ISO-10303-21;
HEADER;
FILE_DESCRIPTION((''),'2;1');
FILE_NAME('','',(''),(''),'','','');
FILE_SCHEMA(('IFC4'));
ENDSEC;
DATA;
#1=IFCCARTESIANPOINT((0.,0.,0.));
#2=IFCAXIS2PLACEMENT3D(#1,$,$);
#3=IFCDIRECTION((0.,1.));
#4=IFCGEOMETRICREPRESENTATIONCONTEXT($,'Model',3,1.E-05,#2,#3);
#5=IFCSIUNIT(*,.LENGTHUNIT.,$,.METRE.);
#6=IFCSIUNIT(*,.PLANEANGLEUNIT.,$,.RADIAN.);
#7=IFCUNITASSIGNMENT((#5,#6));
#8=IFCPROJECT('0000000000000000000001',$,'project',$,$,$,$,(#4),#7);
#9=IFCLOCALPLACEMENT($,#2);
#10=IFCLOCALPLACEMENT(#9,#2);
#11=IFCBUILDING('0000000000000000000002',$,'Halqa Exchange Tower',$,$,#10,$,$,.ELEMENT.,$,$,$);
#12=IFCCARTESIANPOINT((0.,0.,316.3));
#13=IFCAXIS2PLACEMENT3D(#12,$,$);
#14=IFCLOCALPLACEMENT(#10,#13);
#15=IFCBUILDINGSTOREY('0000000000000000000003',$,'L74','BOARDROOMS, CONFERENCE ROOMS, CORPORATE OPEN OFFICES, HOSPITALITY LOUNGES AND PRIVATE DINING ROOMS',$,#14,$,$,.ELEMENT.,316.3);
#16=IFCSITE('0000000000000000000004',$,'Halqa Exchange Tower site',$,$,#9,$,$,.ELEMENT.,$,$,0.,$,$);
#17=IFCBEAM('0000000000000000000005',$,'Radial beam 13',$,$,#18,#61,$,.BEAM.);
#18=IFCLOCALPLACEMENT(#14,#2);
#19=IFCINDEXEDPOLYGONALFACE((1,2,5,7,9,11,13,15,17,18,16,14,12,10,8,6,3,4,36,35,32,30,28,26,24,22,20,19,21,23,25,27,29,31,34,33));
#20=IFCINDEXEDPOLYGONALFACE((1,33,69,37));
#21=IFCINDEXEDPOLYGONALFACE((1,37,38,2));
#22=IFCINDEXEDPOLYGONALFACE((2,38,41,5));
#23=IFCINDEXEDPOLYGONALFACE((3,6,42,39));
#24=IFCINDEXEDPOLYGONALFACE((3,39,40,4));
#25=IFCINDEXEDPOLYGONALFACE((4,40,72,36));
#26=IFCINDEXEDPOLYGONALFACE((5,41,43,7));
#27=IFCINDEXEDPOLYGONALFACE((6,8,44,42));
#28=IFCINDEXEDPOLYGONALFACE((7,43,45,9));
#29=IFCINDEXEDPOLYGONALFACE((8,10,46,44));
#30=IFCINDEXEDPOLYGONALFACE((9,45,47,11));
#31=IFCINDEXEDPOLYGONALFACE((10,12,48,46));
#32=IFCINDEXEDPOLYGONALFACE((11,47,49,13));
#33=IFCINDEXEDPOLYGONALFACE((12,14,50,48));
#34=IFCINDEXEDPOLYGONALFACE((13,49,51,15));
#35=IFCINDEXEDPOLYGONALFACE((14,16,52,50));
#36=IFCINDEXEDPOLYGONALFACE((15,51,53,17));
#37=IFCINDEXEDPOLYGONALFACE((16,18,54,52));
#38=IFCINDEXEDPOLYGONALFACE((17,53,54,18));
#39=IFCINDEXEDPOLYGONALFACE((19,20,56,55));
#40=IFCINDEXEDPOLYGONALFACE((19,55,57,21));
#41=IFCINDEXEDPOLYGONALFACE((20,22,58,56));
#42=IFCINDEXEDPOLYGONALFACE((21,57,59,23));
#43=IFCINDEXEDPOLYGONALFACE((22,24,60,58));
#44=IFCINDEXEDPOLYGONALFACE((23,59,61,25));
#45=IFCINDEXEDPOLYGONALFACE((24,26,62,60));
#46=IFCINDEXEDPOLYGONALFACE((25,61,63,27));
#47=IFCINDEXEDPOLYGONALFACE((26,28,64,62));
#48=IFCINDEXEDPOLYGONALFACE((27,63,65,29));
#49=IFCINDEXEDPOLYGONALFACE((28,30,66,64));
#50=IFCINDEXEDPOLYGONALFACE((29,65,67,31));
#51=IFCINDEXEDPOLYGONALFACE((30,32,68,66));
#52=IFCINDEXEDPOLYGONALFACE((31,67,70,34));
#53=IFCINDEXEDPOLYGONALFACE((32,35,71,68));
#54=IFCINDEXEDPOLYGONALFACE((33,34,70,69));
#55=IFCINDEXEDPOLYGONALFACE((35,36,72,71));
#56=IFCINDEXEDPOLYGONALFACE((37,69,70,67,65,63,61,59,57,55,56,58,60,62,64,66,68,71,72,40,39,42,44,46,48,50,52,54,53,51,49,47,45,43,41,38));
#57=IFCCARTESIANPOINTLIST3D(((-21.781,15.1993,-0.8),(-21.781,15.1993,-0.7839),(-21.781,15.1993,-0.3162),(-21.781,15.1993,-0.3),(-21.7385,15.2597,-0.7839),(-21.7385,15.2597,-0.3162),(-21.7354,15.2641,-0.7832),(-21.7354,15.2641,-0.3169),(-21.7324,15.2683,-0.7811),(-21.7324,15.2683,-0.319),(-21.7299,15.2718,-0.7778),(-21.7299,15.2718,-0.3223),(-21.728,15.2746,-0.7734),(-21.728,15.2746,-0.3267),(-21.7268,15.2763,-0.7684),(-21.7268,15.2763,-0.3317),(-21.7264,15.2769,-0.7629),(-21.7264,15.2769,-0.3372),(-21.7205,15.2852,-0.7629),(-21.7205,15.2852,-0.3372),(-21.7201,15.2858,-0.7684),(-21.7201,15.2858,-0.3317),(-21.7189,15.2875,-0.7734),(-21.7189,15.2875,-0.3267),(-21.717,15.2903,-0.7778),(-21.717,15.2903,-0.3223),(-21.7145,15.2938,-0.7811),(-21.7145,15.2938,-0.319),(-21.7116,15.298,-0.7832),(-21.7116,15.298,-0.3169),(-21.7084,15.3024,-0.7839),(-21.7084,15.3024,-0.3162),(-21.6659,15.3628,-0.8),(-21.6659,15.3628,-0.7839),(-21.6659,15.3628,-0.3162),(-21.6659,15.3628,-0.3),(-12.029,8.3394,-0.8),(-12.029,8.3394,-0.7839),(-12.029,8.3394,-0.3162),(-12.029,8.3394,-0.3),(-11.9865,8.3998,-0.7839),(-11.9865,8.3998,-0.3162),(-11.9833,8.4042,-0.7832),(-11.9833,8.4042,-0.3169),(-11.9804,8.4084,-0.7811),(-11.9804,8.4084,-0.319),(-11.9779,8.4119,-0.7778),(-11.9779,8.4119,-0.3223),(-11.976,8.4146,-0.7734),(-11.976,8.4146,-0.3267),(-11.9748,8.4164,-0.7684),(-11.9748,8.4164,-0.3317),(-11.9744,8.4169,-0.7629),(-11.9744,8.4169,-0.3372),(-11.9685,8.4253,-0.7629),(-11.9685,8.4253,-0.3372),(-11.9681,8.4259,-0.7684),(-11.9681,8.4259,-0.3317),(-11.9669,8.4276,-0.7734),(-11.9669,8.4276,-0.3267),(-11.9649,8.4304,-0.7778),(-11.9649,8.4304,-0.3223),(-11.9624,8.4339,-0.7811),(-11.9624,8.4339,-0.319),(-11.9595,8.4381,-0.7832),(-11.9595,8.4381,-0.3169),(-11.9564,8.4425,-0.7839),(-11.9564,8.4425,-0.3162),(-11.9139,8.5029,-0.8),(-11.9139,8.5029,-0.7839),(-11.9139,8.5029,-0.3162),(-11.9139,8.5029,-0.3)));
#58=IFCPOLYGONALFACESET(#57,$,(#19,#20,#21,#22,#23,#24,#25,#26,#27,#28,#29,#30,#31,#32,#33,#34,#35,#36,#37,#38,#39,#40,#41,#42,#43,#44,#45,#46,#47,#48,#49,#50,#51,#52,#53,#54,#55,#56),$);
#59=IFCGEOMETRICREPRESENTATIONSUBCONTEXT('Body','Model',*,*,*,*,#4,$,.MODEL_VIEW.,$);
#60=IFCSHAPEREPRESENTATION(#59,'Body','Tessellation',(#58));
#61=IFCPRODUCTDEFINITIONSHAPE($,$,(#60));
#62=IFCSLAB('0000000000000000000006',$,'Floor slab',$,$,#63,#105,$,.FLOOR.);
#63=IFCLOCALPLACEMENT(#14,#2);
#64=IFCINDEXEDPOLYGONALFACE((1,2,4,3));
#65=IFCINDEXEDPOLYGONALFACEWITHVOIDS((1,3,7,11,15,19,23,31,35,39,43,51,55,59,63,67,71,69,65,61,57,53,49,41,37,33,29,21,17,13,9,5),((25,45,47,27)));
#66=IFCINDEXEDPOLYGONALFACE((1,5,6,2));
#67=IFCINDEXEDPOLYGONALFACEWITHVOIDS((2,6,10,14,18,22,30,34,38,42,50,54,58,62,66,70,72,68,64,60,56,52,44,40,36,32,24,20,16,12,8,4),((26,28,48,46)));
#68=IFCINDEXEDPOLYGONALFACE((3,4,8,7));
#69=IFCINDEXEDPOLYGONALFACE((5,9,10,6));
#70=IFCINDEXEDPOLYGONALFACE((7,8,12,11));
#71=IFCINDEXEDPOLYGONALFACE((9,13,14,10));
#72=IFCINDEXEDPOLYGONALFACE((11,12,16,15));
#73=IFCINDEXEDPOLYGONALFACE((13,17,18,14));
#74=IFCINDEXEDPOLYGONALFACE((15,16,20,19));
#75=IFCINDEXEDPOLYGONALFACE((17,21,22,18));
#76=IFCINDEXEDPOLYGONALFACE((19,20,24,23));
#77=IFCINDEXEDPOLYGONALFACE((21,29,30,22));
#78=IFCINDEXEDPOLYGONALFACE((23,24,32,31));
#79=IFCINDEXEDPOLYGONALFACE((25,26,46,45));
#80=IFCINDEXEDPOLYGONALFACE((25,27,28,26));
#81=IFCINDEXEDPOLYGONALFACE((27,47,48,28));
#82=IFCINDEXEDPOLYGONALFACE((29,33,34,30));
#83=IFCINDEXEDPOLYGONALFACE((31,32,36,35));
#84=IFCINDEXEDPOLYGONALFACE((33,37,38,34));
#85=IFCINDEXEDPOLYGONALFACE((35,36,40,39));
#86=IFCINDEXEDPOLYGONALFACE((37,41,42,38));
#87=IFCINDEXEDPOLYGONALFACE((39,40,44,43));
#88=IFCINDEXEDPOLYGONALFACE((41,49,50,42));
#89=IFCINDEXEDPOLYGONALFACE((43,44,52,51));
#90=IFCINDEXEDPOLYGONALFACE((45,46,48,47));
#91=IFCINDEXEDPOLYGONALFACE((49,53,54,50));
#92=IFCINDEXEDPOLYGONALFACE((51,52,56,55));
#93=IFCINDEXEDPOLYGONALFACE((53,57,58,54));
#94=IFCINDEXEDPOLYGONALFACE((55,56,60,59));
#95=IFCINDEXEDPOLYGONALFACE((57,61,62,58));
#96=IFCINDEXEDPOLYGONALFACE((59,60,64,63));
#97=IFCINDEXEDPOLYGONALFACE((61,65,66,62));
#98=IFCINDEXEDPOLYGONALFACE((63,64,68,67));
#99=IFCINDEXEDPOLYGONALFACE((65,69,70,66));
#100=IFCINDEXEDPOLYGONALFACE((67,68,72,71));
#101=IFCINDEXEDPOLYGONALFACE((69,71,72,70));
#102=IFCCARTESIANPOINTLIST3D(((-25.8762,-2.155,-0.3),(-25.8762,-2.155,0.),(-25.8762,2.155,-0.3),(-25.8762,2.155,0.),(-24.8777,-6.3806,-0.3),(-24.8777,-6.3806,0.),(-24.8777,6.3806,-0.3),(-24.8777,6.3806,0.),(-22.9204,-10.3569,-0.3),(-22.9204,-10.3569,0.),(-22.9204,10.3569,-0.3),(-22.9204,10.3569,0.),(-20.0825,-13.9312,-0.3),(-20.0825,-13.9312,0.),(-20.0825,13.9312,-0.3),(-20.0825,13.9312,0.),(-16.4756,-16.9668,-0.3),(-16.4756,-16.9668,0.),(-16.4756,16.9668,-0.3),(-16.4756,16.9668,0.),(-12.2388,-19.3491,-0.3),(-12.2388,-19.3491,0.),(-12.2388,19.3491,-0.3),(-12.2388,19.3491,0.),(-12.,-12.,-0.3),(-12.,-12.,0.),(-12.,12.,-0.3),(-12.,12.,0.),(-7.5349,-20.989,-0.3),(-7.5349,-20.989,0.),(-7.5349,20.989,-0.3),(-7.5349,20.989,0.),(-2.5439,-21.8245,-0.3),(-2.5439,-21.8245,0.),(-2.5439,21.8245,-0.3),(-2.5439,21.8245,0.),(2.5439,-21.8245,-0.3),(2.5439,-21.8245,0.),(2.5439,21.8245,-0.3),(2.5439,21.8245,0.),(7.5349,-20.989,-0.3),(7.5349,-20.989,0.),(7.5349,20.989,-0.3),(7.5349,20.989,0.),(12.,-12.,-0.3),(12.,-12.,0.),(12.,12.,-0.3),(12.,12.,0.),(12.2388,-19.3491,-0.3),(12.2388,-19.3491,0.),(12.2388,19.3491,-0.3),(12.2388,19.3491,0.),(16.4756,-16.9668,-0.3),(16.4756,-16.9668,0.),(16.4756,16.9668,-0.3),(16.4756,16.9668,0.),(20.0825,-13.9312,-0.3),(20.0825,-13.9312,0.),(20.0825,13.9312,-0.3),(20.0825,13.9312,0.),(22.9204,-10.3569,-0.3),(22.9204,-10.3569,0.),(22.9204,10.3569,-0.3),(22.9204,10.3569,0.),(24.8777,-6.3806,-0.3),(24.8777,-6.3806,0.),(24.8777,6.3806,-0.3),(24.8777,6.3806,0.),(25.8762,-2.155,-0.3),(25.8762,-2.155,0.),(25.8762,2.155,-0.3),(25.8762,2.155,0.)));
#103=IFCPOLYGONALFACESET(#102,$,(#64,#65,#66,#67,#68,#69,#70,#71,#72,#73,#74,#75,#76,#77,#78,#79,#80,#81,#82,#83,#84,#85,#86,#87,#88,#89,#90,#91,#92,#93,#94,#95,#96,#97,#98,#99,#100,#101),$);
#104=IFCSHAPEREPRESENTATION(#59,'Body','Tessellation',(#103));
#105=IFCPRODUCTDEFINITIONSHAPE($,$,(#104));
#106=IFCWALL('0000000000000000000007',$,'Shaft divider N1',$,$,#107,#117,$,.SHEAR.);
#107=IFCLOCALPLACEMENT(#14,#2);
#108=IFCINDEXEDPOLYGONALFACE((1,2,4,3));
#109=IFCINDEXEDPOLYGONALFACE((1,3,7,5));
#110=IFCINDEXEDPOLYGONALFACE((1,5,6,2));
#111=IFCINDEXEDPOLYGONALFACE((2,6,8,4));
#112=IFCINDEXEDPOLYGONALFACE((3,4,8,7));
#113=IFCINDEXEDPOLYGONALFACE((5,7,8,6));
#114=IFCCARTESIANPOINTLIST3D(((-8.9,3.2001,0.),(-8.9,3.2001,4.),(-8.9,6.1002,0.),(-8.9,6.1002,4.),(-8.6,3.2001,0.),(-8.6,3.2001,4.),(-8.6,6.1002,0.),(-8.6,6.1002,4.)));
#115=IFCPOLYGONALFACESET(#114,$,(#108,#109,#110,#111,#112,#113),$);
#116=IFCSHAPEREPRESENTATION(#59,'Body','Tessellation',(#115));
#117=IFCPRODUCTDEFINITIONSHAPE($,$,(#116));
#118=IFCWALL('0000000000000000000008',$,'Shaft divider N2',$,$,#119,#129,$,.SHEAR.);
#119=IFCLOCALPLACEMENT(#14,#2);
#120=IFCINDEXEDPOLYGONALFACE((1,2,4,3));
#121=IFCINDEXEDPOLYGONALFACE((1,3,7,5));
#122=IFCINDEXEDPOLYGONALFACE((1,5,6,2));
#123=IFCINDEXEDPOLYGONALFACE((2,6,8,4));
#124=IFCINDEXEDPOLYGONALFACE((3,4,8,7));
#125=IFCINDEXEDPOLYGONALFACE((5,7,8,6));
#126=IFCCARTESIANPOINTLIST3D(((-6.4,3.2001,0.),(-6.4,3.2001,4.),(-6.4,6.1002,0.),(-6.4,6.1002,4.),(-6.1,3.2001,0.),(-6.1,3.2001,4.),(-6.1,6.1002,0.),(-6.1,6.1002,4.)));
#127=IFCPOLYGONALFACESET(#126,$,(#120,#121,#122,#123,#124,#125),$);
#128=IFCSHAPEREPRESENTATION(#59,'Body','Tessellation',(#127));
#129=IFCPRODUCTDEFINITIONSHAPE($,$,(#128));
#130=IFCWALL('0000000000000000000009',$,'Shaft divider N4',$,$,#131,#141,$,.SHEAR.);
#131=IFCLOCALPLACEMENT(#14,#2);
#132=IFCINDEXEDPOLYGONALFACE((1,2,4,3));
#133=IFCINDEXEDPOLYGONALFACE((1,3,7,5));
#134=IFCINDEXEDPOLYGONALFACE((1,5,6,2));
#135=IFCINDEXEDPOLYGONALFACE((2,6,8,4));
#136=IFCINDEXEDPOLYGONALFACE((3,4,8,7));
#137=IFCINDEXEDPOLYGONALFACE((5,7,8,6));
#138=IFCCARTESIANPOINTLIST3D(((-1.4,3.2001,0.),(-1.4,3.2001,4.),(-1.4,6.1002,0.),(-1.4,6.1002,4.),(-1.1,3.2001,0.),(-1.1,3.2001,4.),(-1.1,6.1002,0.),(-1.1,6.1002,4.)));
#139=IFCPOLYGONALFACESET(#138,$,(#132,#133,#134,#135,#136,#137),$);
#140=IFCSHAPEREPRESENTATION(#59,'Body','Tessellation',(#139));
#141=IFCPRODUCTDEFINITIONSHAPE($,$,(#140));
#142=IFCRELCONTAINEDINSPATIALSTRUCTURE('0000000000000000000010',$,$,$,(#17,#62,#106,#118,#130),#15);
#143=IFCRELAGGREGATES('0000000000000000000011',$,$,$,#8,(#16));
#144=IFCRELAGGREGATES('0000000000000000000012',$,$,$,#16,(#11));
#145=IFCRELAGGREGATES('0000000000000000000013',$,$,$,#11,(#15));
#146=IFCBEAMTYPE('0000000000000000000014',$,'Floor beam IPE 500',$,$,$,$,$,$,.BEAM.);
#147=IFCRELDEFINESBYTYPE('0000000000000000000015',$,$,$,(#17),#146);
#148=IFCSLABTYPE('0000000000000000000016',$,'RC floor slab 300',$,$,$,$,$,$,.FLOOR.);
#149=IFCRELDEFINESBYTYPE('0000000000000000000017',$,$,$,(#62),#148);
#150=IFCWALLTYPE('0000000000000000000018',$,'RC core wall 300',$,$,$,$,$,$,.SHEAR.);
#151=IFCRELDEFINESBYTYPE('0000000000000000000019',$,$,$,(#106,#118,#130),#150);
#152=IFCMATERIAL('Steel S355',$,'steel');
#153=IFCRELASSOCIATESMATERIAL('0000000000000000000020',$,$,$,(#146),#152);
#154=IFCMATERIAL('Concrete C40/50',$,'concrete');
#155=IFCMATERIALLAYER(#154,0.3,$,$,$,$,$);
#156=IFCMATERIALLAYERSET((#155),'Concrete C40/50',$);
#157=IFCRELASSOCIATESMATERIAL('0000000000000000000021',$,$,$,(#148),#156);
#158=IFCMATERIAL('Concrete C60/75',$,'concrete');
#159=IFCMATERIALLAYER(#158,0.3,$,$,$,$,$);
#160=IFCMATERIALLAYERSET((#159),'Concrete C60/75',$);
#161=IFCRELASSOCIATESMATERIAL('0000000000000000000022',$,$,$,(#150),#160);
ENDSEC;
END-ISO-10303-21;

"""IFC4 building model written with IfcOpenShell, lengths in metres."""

from ifc_helpers import new_model, si_unit, direction, frame, frame_2d, origin, origin_2d, place, context, subcontext, project, spatial, polyline, rectangle, i_section, outline, extrude, material, layer, layer_set, material_profile, profile_set, type_object, element, save


model = new_model("IFC4")

# Units and contexts
model_context = context("Model", 3, precision=1e-05, world=origin(), true_north=direction((0.0, 1.0)))
body_context = subcontext(model_context, "Body", "Model", "MODEL_VIEW")
ifc_project = project(units=[si_unit("LENGTHUNIT", "METRE"), si_unit("PLANEANGLEUNIT", "RADIAN")], contexts=[model_context])

# Site, building, storey
site_placement = place(None, origin())
site = spatial("IfcSite", under=ifc_project, at=site_placement, Name="Halqa Exchange Tower site", CompositionType="ELEMENT", RefElevation=0.0)
building_placement = place(site_placement, origin())
building = spatial("IfcBuilding", under=site, at=building_placement, Name="Halqa Exchange Tower", CompositionType="ELEMENT")
storey_placement = place(building_placement, frame((0.0, 0.0, 316.3)))
storey = spatial("IfcBuildingStorey", under=building, at=storey_placement, Name="L74", Description="BOARDROOMS, CONFERENCE ROOMS, CORPORATE OPEN OFFICES, HOSPITALITY LOUNGES AND PRIVATE DINING ROOMS", CompositionType="ELEMENT", Elevation=316.3)

# Beam
ifc_material_1 = material(Name="Steel S355", Category="steel")
ifc_material_profile = material_profile(ifc_material_1, i_section(OverallWidth=0.2, OverallDepth=0.5, WebThickness=0.0103, FlangeThickness=0.0161, FilletRadius=0.021, at=origin_2d()), Name="IPE 500")
ifc_profile_set = profile_set([ifc_material_profile], Name="Steel S355")
beam_type = type_object("IfcBeamType", Name="Floor beam IPE 500", PredefinedType="BEAM", material=ifc_profile_set)
beam_placement = place(storey_placement, frame((-11.9714, 8.4211, -0.55), z_axis=(-0.81791, 0.575346, 0.0), x_axis=(-0.575346, -0.81791, 0.0)))
element("IfcBeam", 1, at=beam_placement, inside=storey, type_object=beam_type, Name="Radial beam 13", PredefinedType="BEAM", context=body_context, shape_type="SweptSolid", body=[
    extrude(i_section(OverallWidth=0.2, OverallDepth=0.5, WebThickness=0.0103, FlangeThickness=0.0161, FilletRadius=0.021, at=origin_2d()), origin(), (0.0, 0.0, 1.0), 11.9231),
])

# Slab
ifc_material_2 = material(Name="Concrete C40/50", Category="concrete")
ifc_layer_1 = layer(ifc_material_2, 0.3)
ifc_layer_set_1 = layer_set([ifc_layer_1], Name="Concrete C40/50")
slab_type = type_object("IfcSlabType", Name="RC floor slab 300", PredefinedType="FLOOR", material=ifc_layer_set_1)
slab_placement = place(storey_placement, frame((0.0, 0.0, -0.3)))
element("IfcSlab", 2, at=slab_placement, inside=storey, type_object=slab_type, Name="Floor slab", PredefinedType="FLOOR", context=body_context, shape_type="SweptSolid", body=[
    extrude(outline(polyline([(25.8762, 2.155), (24.8777, 6.3806), (22.9204, 10.3569), (20.0825, 13.9312), (16.4756, 16.9668), (12.2388, 19.3491), (7.5349, 20.989), (2.5439, 21.8245), (-2.5439, 21.8245), (-7.5349, 20.989), (-12.2388, 19.3491), (-16.4756, 16.9668), (-20.0825, 13.9312), (-22.9204, 10.3569), (-24.8777, 6.3806), (-25.8762, 2.155), (-25.8762, -2.155), (-24.8777, -6.3806), (-22.9204, -10.3569), (-20.0825, -13.9312), (-16.4756, -16.9668), (-12.2388, -19.3491), (-7.5349, -20.989), (-2.5439, -21.8245), (2.5439, -21.8245), (7.5349, -20.989), (12.2388, -19.3491), (16.4756, -16.9668), (20.0825, -13.9312), (22.9204, -10.3569), (24.8777, -6.3806), (25.8762, -2.155), (25.8762, 2.155)]), holes=[polyline([(-12.0, -12.0), (12.0, -12.0), (12.0, 12.0), (-12.0, 12.0), (-12.0, -12.0)])]), origin(), (0.0, 0.0, 1.0), 0.3),
])

# Walls
ifc_material_3 = material(Name="Concrete C60/75", Category="concrete")
ifc_layer_2 = layer(ifc_material_3, 0.3)
ifc_layer_set_2 = layer_set([ifc_layer_2], Name="Concrete C60/75")
wall_type_1 = type_object("IfcWallType", Name="RC core wall 300", PredefinedType="SHEAR", material=ifc_layer_set_2)
for number, where, z_axis, x_axis, name in (
    (3, (-8.75, 3.2, 0.0), (0.0, 0.0, 1.0), (0.0, 1.0, 0.0), "Shaft divider N1"),
    (4, (-6.25, 3.2, 0.0), (0.0, 0.0, 1.0), (0.0, 1.0, 0.0), "Shaft divider N2"),
    (5, (-1.25, 3.2, 0.0), (0.0, 0.0, 1.0), (0.0, 1.0, 0.0), "Shaft divider N4"),
):
    element("IfcWall", number, at=place(storey_placement, frame(where, z_axis=z_axis, x_axis=x_axis)), inside=storey, type_object=wall_type_1, Name=name, PredefinedType="SHEAR", context=body_context, shape_type="SweptSolid", body=[
        extrude(rectangle(XDim=2.9001, YDim=0.3, at=frame_2d((1.4502, 0.0))), origin(), (0.0, 0.0, 1.0), 4.0),
    ])

save(model, "model.ifc")
